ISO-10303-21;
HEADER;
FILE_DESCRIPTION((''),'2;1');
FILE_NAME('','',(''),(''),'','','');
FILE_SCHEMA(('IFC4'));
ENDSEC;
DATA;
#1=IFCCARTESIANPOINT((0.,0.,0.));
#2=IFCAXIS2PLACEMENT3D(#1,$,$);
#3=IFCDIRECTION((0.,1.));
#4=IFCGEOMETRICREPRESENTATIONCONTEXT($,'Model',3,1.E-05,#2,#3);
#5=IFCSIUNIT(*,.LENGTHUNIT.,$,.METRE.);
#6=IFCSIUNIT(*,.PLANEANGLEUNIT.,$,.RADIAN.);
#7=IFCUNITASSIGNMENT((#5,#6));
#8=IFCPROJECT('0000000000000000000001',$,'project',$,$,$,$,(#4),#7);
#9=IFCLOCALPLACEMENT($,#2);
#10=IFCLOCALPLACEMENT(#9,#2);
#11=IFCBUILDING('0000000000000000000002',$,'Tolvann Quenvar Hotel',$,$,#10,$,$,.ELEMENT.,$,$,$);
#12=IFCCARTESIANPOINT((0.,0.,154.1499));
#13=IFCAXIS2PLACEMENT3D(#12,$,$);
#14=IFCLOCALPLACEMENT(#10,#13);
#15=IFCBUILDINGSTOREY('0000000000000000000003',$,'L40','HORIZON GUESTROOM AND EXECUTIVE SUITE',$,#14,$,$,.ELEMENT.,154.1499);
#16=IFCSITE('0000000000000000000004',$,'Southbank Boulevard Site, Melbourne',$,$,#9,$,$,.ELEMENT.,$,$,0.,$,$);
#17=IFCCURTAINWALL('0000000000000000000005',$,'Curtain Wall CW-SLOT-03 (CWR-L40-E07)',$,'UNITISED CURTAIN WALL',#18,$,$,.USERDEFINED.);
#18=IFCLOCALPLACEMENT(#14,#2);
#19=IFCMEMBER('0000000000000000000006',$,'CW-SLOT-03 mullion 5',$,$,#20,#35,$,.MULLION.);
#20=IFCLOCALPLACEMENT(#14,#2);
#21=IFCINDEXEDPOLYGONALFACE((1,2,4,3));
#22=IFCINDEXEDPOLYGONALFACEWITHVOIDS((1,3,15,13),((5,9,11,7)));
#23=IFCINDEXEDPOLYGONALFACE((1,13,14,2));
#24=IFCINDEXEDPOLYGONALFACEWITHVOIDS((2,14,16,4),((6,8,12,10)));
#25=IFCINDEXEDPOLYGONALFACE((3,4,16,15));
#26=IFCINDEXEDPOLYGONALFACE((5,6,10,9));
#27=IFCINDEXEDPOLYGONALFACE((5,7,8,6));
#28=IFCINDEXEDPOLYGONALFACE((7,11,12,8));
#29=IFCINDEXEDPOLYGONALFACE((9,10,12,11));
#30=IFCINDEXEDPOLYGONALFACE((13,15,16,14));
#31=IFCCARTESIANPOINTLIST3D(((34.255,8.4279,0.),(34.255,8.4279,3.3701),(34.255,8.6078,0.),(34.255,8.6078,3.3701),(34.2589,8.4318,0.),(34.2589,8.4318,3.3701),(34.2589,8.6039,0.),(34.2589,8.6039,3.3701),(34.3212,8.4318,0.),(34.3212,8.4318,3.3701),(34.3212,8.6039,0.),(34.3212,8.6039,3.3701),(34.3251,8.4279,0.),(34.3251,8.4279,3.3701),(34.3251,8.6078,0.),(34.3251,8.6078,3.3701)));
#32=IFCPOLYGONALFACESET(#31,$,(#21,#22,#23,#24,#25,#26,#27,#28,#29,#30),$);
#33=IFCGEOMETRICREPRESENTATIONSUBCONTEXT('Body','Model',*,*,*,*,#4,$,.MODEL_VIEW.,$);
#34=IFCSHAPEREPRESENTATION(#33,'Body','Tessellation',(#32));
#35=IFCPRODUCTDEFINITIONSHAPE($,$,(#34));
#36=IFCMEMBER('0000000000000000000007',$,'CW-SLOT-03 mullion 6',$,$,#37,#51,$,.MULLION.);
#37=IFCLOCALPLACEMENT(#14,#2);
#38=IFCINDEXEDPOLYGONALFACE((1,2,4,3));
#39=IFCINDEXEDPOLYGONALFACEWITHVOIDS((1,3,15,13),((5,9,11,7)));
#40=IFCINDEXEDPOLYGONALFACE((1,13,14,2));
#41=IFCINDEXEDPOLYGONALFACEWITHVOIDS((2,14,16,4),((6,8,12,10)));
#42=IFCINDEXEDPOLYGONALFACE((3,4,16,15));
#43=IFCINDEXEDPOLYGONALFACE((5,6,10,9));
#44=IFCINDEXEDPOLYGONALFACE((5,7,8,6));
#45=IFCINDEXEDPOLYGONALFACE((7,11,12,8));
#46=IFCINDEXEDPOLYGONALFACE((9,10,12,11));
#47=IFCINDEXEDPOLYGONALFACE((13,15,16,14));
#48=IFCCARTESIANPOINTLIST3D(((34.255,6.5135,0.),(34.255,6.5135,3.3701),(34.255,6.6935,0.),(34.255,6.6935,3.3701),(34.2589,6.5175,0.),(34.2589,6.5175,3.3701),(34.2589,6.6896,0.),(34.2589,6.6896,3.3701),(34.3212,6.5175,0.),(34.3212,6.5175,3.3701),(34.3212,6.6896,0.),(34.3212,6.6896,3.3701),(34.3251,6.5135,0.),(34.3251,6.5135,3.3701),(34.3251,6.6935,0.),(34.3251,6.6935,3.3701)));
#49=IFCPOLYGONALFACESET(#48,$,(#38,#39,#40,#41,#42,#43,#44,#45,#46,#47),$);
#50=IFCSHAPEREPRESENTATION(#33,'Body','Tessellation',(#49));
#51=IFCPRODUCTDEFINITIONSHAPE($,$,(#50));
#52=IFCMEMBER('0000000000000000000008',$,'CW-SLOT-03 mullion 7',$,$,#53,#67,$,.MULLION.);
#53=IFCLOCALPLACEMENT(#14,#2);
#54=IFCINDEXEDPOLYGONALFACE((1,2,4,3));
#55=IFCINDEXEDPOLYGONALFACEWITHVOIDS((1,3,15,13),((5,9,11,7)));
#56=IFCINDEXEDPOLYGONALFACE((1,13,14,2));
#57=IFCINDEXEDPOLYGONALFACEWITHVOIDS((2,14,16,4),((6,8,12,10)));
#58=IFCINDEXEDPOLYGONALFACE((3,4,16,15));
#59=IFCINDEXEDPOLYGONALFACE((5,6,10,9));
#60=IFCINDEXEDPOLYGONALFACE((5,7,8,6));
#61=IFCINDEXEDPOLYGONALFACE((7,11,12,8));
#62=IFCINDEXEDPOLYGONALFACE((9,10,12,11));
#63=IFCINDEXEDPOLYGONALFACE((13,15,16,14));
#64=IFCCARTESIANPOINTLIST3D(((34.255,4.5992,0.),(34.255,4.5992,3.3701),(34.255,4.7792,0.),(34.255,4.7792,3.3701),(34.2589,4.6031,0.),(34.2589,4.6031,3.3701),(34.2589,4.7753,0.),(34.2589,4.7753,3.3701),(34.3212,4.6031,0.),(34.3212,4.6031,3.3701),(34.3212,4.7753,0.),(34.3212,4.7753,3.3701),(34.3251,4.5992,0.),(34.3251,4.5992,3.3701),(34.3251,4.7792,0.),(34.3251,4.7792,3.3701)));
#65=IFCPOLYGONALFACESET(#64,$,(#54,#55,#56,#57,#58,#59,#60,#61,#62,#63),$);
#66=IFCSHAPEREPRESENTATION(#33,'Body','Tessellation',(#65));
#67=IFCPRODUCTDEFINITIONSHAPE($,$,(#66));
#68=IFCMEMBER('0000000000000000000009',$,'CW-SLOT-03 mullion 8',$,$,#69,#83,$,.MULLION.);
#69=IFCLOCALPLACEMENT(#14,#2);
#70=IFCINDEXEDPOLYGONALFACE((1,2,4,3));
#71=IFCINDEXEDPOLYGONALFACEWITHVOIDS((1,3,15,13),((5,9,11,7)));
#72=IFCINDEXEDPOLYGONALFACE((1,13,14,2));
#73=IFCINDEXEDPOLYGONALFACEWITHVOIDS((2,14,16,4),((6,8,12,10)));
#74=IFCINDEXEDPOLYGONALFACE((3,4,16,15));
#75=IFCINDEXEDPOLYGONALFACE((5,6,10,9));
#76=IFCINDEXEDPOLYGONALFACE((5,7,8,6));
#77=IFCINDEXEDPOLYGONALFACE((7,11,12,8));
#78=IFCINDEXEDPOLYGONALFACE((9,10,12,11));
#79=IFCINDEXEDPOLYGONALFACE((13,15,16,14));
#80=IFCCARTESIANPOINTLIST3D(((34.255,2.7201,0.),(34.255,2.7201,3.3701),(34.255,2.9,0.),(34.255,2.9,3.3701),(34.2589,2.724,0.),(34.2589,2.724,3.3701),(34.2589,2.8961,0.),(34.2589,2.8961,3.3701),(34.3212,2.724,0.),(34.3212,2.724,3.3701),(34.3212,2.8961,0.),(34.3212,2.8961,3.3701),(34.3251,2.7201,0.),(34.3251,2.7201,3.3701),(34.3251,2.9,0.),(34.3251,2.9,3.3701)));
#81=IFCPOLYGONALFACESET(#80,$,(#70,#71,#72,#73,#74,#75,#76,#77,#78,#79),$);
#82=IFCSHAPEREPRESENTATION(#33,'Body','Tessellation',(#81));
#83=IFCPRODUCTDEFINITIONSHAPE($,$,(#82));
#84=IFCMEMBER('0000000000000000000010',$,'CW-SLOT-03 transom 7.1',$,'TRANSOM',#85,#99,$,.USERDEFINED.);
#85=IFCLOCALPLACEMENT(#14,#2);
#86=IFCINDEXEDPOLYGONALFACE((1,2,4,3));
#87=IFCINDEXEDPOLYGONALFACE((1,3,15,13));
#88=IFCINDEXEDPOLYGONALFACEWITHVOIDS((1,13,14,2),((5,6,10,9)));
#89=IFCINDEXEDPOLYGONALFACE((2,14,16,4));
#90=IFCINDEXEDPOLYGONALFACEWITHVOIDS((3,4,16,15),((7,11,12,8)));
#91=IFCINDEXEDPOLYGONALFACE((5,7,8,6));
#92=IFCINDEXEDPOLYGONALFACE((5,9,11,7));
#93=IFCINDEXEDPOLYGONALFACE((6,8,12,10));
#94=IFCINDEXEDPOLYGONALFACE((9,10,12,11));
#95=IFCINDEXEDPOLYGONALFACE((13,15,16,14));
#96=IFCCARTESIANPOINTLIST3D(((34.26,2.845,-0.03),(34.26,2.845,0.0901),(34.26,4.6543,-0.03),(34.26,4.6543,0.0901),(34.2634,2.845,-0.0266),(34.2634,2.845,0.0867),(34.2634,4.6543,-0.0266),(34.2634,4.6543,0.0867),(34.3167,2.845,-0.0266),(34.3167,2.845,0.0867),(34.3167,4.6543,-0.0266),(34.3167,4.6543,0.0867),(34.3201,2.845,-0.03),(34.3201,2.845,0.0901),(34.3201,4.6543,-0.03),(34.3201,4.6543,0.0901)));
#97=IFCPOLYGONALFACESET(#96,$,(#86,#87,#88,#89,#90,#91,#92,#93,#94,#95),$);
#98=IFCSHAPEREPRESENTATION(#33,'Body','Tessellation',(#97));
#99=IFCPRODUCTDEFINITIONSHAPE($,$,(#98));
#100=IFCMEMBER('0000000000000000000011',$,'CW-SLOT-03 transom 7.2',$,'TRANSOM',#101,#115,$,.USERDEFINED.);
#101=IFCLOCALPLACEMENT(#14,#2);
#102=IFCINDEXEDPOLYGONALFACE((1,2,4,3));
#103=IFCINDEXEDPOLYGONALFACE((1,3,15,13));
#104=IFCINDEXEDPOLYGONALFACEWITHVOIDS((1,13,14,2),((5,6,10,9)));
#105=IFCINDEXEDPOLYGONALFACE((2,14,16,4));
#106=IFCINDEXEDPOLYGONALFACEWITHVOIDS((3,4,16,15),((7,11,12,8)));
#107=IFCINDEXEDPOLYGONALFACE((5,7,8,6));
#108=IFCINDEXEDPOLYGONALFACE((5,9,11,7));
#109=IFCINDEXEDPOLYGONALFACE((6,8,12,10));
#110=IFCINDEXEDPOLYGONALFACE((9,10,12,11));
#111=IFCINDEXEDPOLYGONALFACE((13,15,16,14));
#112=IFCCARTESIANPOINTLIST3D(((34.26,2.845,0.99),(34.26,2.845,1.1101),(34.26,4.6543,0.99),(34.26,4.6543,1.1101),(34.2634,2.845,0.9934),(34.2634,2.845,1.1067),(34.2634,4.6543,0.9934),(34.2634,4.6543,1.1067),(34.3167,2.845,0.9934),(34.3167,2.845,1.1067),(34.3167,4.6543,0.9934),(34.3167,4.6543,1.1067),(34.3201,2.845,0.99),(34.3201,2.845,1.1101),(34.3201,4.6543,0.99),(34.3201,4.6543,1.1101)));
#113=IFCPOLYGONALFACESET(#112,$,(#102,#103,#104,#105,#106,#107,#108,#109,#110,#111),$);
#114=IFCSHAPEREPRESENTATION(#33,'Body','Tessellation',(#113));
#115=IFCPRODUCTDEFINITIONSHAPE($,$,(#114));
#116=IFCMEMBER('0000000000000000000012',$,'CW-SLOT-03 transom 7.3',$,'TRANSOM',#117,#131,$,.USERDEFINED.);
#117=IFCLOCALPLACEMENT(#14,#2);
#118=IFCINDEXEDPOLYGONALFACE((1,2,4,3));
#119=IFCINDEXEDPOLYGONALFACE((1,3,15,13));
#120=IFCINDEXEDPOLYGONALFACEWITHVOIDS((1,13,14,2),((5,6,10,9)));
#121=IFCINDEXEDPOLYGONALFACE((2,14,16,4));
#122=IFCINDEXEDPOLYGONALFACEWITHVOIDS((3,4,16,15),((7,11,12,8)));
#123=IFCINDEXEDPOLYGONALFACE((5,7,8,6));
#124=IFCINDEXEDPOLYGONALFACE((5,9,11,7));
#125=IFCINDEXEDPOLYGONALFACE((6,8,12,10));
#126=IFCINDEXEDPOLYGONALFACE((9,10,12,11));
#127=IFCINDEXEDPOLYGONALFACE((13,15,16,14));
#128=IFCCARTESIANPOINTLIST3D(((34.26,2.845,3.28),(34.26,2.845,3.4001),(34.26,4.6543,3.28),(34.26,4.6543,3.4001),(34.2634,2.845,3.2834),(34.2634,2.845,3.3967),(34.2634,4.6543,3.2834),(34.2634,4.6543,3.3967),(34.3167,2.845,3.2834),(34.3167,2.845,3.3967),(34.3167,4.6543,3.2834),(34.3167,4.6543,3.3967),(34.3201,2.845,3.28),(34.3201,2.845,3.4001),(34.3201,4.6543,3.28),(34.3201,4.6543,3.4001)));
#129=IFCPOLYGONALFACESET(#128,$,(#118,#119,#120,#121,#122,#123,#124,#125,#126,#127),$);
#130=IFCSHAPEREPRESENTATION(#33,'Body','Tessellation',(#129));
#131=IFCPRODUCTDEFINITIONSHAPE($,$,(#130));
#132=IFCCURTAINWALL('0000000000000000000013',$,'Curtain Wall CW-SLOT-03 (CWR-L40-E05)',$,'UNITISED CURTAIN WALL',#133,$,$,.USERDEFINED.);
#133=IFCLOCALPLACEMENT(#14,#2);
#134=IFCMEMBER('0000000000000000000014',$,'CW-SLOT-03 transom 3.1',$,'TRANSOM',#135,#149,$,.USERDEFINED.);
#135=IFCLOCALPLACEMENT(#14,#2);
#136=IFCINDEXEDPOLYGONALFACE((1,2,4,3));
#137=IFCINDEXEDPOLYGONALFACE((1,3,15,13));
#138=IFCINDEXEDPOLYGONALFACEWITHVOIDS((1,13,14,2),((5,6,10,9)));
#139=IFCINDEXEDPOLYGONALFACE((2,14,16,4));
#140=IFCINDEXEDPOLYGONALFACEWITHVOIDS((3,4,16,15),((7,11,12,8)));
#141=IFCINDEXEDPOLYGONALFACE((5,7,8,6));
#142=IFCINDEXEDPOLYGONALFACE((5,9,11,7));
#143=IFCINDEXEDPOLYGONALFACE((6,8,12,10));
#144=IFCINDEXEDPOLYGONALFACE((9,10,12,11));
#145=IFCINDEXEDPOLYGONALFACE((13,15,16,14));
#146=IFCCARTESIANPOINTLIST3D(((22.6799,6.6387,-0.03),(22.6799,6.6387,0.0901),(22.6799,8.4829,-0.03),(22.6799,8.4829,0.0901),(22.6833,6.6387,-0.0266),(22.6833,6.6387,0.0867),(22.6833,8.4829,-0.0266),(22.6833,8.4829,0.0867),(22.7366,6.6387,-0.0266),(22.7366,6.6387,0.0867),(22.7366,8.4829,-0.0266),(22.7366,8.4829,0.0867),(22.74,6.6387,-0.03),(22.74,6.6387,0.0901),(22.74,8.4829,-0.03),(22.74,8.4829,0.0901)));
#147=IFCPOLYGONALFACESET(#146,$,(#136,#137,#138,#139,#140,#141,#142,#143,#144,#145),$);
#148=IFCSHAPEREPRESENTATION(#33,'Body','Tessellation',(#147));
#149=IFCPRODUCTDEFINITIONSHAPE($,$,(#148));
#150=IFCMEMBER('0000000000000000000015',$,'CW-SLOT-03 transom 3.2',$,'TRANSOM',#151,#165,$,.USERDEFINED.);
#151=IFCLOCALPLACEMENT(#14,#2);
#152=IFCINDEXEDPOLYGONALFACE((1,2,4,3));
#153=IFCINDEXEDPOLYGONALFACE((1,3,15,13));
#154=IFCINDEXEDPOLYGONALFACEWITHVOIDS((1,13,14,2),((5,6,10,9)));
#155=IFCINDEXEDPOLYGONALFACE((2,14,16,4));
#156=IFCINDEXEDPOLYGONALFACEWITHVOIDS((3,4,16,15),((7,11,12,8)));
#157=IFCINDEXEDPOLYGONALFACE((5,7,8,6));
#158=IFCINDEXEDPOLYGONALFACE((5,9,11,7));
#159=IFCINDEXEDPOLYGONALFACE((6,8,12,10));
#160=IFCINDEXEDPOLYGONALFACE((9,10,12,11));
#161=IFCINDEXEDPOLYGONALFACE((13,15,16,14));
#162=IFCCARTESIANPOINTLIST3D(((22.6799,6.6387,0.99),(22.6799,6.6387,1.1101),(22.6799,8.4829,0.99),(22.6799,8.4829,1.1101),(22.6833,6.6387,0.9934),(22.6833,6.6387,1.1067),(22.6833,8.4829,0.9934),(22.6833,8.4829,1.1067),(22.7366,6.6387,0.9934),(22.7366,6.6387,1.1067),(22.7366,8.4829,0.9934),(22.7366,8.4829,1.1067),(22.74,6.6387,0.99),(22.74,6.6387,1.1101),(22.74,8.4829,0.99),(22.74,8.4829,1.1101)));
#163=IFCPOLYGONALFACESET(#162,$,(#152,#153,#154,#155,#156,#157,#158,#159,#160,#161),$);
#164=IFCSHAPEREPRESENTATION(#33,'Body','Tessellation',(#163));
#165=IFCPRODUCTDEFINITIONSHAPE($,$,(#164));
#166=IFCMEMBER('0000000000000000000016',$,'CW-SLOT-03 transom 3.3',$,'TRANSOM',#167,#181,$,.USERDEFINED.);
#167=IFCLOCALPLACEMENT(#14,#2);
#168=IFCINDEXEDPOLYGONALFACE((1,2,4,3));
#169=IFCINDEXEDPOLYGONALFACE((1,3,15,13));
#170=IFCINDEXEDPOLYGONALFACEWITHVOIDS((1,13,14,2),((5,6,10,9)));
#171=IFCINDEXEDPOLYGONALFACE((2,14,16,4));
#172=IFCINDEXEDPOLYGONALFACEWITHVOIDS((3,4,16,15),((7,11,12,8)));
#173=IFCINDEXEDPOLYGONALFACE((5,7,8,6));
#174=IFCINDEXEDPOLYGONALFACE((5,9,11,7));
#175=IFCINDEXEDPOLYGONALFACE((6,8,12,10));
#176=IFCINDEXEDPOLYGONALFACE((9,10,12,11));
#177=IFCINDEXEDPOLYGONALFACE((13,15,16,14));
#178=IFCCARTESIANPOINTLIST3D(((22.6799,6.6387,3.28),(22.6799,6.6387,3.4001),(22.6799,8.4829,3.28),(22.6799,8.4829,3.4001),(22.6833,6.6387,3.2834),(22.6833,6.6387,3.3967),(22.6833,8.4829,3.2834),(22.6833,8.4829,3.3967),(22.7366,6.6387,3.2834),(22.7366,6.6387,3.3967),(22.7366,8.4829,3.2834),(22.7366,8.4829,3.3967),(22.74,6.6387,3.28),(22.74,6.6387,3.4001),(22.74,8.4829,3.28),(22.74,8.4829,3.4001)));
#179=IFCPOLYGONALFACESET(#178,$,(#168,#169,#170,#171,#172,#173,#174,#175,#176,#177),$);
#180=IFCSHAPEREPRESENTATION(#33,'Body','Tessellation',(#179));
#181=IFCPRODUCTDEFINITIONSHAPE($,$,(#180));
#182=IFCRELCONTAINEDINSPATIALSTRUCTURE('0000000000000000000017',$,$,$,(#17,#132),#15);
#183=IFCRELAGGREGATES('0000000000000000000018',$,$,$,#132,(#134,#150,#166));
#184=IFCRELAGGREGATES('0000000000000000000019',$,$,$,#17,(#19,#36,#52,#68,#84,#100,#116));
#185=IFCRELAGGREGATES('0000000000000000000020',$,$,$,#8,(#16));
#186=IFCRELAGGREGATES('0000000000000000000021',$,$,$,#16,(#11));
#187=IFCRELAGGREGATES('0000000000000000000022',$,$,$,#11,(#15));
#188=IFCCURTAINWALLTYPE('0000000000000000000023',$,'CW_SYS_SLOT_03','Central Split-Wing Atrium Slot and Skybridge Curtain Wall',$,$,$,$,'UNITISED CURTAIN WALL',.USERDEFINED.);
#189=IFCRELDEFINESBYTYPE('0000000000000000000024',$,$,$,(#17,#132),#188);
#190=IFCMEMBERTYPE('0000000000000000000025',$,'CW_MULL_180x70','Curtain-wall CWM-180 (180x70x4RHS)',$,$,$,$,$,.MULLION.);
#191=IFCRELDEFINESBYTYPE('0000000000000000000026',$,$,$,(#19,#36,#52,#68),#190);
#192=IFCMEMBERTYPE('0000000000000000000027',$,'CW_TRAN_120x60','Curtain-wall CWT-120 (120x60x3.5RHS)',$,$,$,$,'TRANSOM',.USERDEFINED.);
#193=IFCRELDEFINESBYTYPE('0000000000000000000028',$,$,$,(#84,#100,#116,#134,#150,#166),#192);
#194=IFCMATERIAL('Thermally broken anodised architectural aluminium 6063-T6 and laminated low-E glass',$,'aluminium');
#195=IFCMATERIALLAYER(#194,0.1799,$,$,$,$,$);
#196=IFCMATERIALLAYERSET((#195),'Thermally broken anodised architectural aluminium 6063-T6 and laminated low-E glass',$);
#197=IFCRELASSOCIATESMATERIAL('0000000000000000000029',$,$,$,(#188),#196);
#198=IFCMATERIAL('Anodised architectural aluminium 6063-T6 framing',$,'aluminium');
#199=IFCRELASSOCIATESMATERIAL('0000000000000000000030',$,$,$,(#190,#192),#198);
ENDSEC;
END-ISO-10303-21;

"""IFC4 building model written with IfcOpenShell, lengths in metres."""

from ifc_helpers import new_model, si_unit, direction, frame, origin, origin_2d, place, context, subcontext, project, spatial, hollow_rectangle, extrude, source, transform, mapped, material, layer, layer_set, material_profile, profile_set, type_object, type_shapes, element, aggregate, save


model = new_model("IFC4")

# Units and contexts
model_context = context("Model", 3, precision=1e-05, world=origin(), true_north=direction((0.0, 1.0)))
body_context = subcontext(model_context, "Body", "Model", "MODEL_VIEW")
ifc_project = project(units=[si_unit("LENGTHUNIT", "METRE"), si_unit("PLANEANGLEUNIT", "RADIAN")], contexts=[model_context])

# Site, building, storey
site_placement = place(None, origin())
site = spatial("IfcSite", under=ifc_project, at=site_placement, Name="Southbank Boulevard Site, Melbourne", CompositionType="ELEMENT", RefElevation=0.0)
building_placement = place(site_placement, origin())
building = spatial("IfcBuilding", under=site, at=building_placement, Name="Tolvann Quenvar Hotel", CompositionType="ELEMENT")
storey_placement = place(building_placement, frame((0.0, 0.0, 154.1499)))
storey = spatial("IfcBuildingStorey", under=building, at=storey_placement, Name="L40", Description="HORIZON GUESTROOM AND EXECUTIVE SUITE", CompositionType="ELEMENT", Elevation=154.1499)

# Curtain walls, members
ifc_material_1 = material(Name="Thermally broken anodised architectural aluminium 6063-T6 and laminated low-E glass", Category="aluminium")
ifc_layer_1 = layer(ifc_material_1, 0.1799)
ifc_layer_set_1 = layer_set([ifc_layer_1], Name="Thermally broken anodised architectural aluminium 6063-T6 and laminated low-E glass")
curtain_wall_type = type_object("IfcCurtainWallType", Name="CW_SYS_SLOT_03", Description="Central Split-Wing Atrium Slot and Skybridge Curtain Wall", ElementType="UNITISED CURTAIN WALL", PredefinedType="USERDEFINED", material=ifc_layer_set_1)
curtain_wall_1_placement = place(storey_placement, origin())
curtain_wall_1 = element("IfcCurtainWall", 1, at=curtain_wall_1_placement, inside=storey, type_object=curtain_wall_type, Name="Curtain Wall CW-SLOT-03 (CWR-L40-E07)", ObjectType="UNITISED CURTAIN WALL", PredefinedType="USERDEFINED")
ifc_material_2 = material(Name="Anodised architectural aluminium 6063-T6 framing", Category="aluminium")
ifc_material_profile_1 = material_profile(ifc_material_2, hollow_rectangle(XDim=0.0701, YDim=0.1799, WallThickness=0.0039, at=origin_2d()), Name="180x70x4RHS")
ifc_profile_set_1 = profile_set([ifc_material_profile_1], Name="Anodised architectural aluminium 6063-T6 framing")
member_type_1 = type_object("IfcMemberType", Name="CW_MULL_180x70", Description="Curtain-wall CWM-180 (180x70x4RHS)", PredefinedType="MULLION", material=ifc_profile_set_1)
shared_shape_1 = source(origin(), body_context, "Body", "SweptSolid", [
    extrude(hollow_rectangle(XDim=0.0701, YDim=0.1799, WallThickness=0.0039, at=origin_2d()), origin(), (0.0, 0.0, 1.0), 3.3701),
])
type_shapes(member_type_1, [shared_shape_1])
member_1_placement = place(storey_placement, frame((34.29, 8.5178, 0.0), z_axis=(0.0, 0.0, 1.0), x_axis=(1.0, 0.0, 0.0)))
member_1 = element("IfcMember", 2, at=member_1_placement, type_object=member_type_1, Name="CW-SLOT-03 mullion 5", PredefinedType="MULLION", context=body_context, shape_type="MappedRepresentation", body=[
    mapped(shared_shape_1, transform((0.0, 0.0, 0.0), x_axis=(1.0, 0.0, 0.0), y_axis=(0.0, 1.0, 0.0), z_axis=(0.0, 0.0, 1.0), scale=1.0)),
])
member_2_placement = place(storey_placement, frame((34.29, 6.6035, 0.0), z_axis=(0.0, 0.0, 1.0), x_axis=(1.0, 0.0, 0.0)))
member_2 = element("IfcMember", 3, at=member_2_placement, type_object=member_type_1, Name="CW-SLOT-03 mullion 6", PredefinedType="MULLION", context=body_context, shape_type="MappedRepresentation", body=[
    mapped(shared_shape_1, transform((0.0, 0.0, 0.0), x_axis=(1.0, 0.0, 0.0), y_axis=(0.0, 1.0, 0.0), z_axis=(0.0, 0.0, 1.0), scale=1.0)),
])
member_3_placement = place(storey_placement, frame((34.29, 4.6892, 0.0), z_axis=(0.0, 0.0, 1.0), x_axis=(1.0, 0.0, 0.0)))
member_3 = element("IfcMember", 4, at=member_3_placement, type_object=member_type_1, Name="CW-SLOT-03 mullion 7", PredefinedType="MULLION", context=body_context, shape_type="MappedRepresentation", body=[
    mapped(shared_shape_1, transform((0.0, 0.0, 0.0), x_axis=(1.0, 0.0, 0.0), y_axis=(0.0, 1.0, 0.0), z_axis=(0.0, 0.0, 1.0), scale=1.0)),
])
member_4_placement = place(storey_placement, frame((34.29, 2.8101, 0.0), z_axis=(0.0, 0.0, 1.0), x_axis=(1.0, 0.0, 0.0)))
member_4 = element("IfcMember", 5, at=member_4_placement, type_object=member_type_1, Name="CW-SLOT-03 mullion 8", PredefinedType="MULLION", context=body_context, shape_type="MappedRepresentation", body=[
    mapped(shared_shape_1, transform((0.0, 0.0, 0.0), x_axis=(1.0, 0.0, 0.0), y_axis=(0.0, 1.0, 0.0), z_axis=(0.0, 0.0, 1.0), scale=1.0)),
])
ifc_material_profile_2 = material_profile(ifc_material_2, hollow_rectangle(XDim=0.0601, YDim=0.1201, WallThickness=0.0034, at=origin_2d()), Name="120x60x3.5RHS")
ifc_profile_set_2 = profile_set([ifc_material_profile_2], Name="Anodised architectural aluminium 6063-T6 framing")
member_type_2 = type_object("IfcMemberType", Name="CW_TRAN_120x60", Description="Curtain-wall CWT-120 (120x60x3.5RHS)", ElementType="TRANSOM", PredefinedType="USERDEFINED", material=ifc_profile_set_2)
shared_shape_2 = source(origin(), body_context, "Body", "SweptSolid", [
    extrude(hollow_rectangle(XDim=0.0601, YDim=0.1201, WallThickness=0.0034, at=origin_2d()), origin(), (0.0, 0.0, 1.0), 1.8093),
])
member_5_placement = place(storey_placement, frame((34.29, 4.6543, 0.03), z_axis=(0.0, -1.0, 0.0), x_axis=(1.0, 0.0, 0.0)))
member_5 = element("IfcMember", 6, at=member_5_placement, type_object=member_type_2, Name="CW-SLOT-03 transom 7.1", ObjectType="TRANSOM", PredefinedType="USERDEFINED", context=body_context, shape_type="MappedRepresentation", body=[
    mapped(shared_shape_2, transform((0.0, 0.0, 0.0), x_axis=(1.0, 0.0, 0.0), y_axis=(0.0, 1.0, 0.0), z_axis=(0.0, 0.0, 1.0), scale=1.0)),
])
member_6_placement = place(storey_placement, frame((34.29, 4.6543, 1.05), z_axis=(0.0, -1.0, 0.0), x_axis=(1.0, 0.0, 0.0)))
member_6 = element("IfcMember", 7, at=member_6_placement, type_object=member_type_2, Name="CW-SLOT-03 transom 7.2", ObjectType="TRANSOM", PredefinedType="USERDEFINED", context=body_context, shape_type="MappedRepresentation", body=[
    mapped(shared_shape_2, transform((0.0, 0.0, 0.0), x_axis=(1.0, 0.0, 0.0), y_axis=(0.0, 1.0, 0.0), z_axis=(0.0, 0.0, 1.0), scale=1.0)),
])
member_7_placement = place(storey_placement, frame((34.29, 4.6543, 3.3401), z_axis=(0.0, -1.0, 0.0), x_axis=(1.0, 0.0, 0.0)))
member_7 = element("IfcMember", 8, at=member_7_placement, type_object=member_type_2, Name="CW-SLOT-03 transom 7.3", ObjectType="TRANSOM", PredefinedType="USERDEFINED", context=body_context, shape_type="MappedRepresentation", body=[
    mapped(shared_shape_2, transform((0.0, 0.0, 0.0), x_axis=(1.0, 0.0, 0.0), y_axis=(0.0, 1.0, 0.0), z_axis=(0.0, 0.0, 1.0), scale=1.0)),
])
curtain_wall_2_placement = place(storey_placement, origin())
curtain_wall_2 = element("IfcCurtainWall", 9, at=curtain_wall_2_placement, inside=storey, type_object=curtain_wall_type, Name="Curtain Wall CW-SLOT-03 (CWR-L40-E05)", ObjectType="UNITISED CURTAIN WALL", PredefinedType="USERDEFINED")
shared_shape_3 = source(origin(), body_context, "Body", "SweptSolid", [
    extrude(hollow_rectangle(XDim=0.0601, YDim=0.1201, WallThickness=0.0034, at=origin_2d()), origin(), (0.0, 0.0, 1.0), 1.8442),
])
type_shapes(member_type_2, [shared_shape_2, shared_shape_3])
member_8_placement = place(storey_placement, frame((22.71, 6.6387, 0.03), z_axis=(0.0, 1.0, 0.0), x_axis=(-1.0, 0.0, 0.0)))
member_8 = element("IfcMember", 10, at=member_8_placement, type_object=member_type_2, Name="CW-SLOT-03 transom 3.1", ObjectType="TRANSOM", PredefinedType="USERDEFINED", context=body_context, shape_type="MappedRepresentation", body=[
    mapped(shared_shape_3, transform((0.0, 0.0, 0.0), x_axis=(1.0, 0.0, 0.0), y_axis=(0.0, 1.0, 0.0), z_axis=(0.0, 0.0, 1.0), scale=1.0)),
])
member_9_placement = place(storey_placement, frame((22.71, 6.6387, 1.05), z_axis=(0.0, 1.0, 0.0), x_axis=(-1.0, 0.0, 0.0)))
member_9 = element("IfcMember", 11, at=member_9_placement, type_object=member_type_2, Name="CW-SLOT-03 transom 3.2", ObjectType="TRANSOM", PredefinedType="USERDEFINED", context=body_context, shape_type="MappedRepresentation", body=[
    mapped(shared_shape_3, transform((0.0, 0.0, 0.0), x_axis=(1.0, 0.0, 0.0), y_axis=(0.0, 1.0, 0.0), z_axis=(0.0, 0.0, 1.0), scale=1.0)),
])
member_10_placement = place(storey_placement, frame((22.71, 6.6387, 3.3401), z_axis=(0.0, 1.0, 0.0), x_axis=(-1.0, 0.0, 0.0)))
member_10 = element("IfcMember", 12, at=member_10_placement, type_object=member_type_2, Name="CW-SLOT-03 transom 3.3", ObjectType="TRANSOM", PredefinedType="USERDEFINED", context=body_context, shape_type="MappedRepresentation", body=[
    mapped(shared_shape_3, transform((0.0, 0.0, 0.0), x_axis=(1.0, 0.0, 0.0), y_axis=(0.0, 1.0, 0.0), z_axis=(0.0, 0.0, 1.0), scale=1.0)),
])

aggregate(curtain_wall_2, [member_8, member_9, member_10])
aggregate(curtain_wall_1, [member_1, member_2, member_3, member_4, member_5, member_6, member_7])

save(model, "model.ifc")
